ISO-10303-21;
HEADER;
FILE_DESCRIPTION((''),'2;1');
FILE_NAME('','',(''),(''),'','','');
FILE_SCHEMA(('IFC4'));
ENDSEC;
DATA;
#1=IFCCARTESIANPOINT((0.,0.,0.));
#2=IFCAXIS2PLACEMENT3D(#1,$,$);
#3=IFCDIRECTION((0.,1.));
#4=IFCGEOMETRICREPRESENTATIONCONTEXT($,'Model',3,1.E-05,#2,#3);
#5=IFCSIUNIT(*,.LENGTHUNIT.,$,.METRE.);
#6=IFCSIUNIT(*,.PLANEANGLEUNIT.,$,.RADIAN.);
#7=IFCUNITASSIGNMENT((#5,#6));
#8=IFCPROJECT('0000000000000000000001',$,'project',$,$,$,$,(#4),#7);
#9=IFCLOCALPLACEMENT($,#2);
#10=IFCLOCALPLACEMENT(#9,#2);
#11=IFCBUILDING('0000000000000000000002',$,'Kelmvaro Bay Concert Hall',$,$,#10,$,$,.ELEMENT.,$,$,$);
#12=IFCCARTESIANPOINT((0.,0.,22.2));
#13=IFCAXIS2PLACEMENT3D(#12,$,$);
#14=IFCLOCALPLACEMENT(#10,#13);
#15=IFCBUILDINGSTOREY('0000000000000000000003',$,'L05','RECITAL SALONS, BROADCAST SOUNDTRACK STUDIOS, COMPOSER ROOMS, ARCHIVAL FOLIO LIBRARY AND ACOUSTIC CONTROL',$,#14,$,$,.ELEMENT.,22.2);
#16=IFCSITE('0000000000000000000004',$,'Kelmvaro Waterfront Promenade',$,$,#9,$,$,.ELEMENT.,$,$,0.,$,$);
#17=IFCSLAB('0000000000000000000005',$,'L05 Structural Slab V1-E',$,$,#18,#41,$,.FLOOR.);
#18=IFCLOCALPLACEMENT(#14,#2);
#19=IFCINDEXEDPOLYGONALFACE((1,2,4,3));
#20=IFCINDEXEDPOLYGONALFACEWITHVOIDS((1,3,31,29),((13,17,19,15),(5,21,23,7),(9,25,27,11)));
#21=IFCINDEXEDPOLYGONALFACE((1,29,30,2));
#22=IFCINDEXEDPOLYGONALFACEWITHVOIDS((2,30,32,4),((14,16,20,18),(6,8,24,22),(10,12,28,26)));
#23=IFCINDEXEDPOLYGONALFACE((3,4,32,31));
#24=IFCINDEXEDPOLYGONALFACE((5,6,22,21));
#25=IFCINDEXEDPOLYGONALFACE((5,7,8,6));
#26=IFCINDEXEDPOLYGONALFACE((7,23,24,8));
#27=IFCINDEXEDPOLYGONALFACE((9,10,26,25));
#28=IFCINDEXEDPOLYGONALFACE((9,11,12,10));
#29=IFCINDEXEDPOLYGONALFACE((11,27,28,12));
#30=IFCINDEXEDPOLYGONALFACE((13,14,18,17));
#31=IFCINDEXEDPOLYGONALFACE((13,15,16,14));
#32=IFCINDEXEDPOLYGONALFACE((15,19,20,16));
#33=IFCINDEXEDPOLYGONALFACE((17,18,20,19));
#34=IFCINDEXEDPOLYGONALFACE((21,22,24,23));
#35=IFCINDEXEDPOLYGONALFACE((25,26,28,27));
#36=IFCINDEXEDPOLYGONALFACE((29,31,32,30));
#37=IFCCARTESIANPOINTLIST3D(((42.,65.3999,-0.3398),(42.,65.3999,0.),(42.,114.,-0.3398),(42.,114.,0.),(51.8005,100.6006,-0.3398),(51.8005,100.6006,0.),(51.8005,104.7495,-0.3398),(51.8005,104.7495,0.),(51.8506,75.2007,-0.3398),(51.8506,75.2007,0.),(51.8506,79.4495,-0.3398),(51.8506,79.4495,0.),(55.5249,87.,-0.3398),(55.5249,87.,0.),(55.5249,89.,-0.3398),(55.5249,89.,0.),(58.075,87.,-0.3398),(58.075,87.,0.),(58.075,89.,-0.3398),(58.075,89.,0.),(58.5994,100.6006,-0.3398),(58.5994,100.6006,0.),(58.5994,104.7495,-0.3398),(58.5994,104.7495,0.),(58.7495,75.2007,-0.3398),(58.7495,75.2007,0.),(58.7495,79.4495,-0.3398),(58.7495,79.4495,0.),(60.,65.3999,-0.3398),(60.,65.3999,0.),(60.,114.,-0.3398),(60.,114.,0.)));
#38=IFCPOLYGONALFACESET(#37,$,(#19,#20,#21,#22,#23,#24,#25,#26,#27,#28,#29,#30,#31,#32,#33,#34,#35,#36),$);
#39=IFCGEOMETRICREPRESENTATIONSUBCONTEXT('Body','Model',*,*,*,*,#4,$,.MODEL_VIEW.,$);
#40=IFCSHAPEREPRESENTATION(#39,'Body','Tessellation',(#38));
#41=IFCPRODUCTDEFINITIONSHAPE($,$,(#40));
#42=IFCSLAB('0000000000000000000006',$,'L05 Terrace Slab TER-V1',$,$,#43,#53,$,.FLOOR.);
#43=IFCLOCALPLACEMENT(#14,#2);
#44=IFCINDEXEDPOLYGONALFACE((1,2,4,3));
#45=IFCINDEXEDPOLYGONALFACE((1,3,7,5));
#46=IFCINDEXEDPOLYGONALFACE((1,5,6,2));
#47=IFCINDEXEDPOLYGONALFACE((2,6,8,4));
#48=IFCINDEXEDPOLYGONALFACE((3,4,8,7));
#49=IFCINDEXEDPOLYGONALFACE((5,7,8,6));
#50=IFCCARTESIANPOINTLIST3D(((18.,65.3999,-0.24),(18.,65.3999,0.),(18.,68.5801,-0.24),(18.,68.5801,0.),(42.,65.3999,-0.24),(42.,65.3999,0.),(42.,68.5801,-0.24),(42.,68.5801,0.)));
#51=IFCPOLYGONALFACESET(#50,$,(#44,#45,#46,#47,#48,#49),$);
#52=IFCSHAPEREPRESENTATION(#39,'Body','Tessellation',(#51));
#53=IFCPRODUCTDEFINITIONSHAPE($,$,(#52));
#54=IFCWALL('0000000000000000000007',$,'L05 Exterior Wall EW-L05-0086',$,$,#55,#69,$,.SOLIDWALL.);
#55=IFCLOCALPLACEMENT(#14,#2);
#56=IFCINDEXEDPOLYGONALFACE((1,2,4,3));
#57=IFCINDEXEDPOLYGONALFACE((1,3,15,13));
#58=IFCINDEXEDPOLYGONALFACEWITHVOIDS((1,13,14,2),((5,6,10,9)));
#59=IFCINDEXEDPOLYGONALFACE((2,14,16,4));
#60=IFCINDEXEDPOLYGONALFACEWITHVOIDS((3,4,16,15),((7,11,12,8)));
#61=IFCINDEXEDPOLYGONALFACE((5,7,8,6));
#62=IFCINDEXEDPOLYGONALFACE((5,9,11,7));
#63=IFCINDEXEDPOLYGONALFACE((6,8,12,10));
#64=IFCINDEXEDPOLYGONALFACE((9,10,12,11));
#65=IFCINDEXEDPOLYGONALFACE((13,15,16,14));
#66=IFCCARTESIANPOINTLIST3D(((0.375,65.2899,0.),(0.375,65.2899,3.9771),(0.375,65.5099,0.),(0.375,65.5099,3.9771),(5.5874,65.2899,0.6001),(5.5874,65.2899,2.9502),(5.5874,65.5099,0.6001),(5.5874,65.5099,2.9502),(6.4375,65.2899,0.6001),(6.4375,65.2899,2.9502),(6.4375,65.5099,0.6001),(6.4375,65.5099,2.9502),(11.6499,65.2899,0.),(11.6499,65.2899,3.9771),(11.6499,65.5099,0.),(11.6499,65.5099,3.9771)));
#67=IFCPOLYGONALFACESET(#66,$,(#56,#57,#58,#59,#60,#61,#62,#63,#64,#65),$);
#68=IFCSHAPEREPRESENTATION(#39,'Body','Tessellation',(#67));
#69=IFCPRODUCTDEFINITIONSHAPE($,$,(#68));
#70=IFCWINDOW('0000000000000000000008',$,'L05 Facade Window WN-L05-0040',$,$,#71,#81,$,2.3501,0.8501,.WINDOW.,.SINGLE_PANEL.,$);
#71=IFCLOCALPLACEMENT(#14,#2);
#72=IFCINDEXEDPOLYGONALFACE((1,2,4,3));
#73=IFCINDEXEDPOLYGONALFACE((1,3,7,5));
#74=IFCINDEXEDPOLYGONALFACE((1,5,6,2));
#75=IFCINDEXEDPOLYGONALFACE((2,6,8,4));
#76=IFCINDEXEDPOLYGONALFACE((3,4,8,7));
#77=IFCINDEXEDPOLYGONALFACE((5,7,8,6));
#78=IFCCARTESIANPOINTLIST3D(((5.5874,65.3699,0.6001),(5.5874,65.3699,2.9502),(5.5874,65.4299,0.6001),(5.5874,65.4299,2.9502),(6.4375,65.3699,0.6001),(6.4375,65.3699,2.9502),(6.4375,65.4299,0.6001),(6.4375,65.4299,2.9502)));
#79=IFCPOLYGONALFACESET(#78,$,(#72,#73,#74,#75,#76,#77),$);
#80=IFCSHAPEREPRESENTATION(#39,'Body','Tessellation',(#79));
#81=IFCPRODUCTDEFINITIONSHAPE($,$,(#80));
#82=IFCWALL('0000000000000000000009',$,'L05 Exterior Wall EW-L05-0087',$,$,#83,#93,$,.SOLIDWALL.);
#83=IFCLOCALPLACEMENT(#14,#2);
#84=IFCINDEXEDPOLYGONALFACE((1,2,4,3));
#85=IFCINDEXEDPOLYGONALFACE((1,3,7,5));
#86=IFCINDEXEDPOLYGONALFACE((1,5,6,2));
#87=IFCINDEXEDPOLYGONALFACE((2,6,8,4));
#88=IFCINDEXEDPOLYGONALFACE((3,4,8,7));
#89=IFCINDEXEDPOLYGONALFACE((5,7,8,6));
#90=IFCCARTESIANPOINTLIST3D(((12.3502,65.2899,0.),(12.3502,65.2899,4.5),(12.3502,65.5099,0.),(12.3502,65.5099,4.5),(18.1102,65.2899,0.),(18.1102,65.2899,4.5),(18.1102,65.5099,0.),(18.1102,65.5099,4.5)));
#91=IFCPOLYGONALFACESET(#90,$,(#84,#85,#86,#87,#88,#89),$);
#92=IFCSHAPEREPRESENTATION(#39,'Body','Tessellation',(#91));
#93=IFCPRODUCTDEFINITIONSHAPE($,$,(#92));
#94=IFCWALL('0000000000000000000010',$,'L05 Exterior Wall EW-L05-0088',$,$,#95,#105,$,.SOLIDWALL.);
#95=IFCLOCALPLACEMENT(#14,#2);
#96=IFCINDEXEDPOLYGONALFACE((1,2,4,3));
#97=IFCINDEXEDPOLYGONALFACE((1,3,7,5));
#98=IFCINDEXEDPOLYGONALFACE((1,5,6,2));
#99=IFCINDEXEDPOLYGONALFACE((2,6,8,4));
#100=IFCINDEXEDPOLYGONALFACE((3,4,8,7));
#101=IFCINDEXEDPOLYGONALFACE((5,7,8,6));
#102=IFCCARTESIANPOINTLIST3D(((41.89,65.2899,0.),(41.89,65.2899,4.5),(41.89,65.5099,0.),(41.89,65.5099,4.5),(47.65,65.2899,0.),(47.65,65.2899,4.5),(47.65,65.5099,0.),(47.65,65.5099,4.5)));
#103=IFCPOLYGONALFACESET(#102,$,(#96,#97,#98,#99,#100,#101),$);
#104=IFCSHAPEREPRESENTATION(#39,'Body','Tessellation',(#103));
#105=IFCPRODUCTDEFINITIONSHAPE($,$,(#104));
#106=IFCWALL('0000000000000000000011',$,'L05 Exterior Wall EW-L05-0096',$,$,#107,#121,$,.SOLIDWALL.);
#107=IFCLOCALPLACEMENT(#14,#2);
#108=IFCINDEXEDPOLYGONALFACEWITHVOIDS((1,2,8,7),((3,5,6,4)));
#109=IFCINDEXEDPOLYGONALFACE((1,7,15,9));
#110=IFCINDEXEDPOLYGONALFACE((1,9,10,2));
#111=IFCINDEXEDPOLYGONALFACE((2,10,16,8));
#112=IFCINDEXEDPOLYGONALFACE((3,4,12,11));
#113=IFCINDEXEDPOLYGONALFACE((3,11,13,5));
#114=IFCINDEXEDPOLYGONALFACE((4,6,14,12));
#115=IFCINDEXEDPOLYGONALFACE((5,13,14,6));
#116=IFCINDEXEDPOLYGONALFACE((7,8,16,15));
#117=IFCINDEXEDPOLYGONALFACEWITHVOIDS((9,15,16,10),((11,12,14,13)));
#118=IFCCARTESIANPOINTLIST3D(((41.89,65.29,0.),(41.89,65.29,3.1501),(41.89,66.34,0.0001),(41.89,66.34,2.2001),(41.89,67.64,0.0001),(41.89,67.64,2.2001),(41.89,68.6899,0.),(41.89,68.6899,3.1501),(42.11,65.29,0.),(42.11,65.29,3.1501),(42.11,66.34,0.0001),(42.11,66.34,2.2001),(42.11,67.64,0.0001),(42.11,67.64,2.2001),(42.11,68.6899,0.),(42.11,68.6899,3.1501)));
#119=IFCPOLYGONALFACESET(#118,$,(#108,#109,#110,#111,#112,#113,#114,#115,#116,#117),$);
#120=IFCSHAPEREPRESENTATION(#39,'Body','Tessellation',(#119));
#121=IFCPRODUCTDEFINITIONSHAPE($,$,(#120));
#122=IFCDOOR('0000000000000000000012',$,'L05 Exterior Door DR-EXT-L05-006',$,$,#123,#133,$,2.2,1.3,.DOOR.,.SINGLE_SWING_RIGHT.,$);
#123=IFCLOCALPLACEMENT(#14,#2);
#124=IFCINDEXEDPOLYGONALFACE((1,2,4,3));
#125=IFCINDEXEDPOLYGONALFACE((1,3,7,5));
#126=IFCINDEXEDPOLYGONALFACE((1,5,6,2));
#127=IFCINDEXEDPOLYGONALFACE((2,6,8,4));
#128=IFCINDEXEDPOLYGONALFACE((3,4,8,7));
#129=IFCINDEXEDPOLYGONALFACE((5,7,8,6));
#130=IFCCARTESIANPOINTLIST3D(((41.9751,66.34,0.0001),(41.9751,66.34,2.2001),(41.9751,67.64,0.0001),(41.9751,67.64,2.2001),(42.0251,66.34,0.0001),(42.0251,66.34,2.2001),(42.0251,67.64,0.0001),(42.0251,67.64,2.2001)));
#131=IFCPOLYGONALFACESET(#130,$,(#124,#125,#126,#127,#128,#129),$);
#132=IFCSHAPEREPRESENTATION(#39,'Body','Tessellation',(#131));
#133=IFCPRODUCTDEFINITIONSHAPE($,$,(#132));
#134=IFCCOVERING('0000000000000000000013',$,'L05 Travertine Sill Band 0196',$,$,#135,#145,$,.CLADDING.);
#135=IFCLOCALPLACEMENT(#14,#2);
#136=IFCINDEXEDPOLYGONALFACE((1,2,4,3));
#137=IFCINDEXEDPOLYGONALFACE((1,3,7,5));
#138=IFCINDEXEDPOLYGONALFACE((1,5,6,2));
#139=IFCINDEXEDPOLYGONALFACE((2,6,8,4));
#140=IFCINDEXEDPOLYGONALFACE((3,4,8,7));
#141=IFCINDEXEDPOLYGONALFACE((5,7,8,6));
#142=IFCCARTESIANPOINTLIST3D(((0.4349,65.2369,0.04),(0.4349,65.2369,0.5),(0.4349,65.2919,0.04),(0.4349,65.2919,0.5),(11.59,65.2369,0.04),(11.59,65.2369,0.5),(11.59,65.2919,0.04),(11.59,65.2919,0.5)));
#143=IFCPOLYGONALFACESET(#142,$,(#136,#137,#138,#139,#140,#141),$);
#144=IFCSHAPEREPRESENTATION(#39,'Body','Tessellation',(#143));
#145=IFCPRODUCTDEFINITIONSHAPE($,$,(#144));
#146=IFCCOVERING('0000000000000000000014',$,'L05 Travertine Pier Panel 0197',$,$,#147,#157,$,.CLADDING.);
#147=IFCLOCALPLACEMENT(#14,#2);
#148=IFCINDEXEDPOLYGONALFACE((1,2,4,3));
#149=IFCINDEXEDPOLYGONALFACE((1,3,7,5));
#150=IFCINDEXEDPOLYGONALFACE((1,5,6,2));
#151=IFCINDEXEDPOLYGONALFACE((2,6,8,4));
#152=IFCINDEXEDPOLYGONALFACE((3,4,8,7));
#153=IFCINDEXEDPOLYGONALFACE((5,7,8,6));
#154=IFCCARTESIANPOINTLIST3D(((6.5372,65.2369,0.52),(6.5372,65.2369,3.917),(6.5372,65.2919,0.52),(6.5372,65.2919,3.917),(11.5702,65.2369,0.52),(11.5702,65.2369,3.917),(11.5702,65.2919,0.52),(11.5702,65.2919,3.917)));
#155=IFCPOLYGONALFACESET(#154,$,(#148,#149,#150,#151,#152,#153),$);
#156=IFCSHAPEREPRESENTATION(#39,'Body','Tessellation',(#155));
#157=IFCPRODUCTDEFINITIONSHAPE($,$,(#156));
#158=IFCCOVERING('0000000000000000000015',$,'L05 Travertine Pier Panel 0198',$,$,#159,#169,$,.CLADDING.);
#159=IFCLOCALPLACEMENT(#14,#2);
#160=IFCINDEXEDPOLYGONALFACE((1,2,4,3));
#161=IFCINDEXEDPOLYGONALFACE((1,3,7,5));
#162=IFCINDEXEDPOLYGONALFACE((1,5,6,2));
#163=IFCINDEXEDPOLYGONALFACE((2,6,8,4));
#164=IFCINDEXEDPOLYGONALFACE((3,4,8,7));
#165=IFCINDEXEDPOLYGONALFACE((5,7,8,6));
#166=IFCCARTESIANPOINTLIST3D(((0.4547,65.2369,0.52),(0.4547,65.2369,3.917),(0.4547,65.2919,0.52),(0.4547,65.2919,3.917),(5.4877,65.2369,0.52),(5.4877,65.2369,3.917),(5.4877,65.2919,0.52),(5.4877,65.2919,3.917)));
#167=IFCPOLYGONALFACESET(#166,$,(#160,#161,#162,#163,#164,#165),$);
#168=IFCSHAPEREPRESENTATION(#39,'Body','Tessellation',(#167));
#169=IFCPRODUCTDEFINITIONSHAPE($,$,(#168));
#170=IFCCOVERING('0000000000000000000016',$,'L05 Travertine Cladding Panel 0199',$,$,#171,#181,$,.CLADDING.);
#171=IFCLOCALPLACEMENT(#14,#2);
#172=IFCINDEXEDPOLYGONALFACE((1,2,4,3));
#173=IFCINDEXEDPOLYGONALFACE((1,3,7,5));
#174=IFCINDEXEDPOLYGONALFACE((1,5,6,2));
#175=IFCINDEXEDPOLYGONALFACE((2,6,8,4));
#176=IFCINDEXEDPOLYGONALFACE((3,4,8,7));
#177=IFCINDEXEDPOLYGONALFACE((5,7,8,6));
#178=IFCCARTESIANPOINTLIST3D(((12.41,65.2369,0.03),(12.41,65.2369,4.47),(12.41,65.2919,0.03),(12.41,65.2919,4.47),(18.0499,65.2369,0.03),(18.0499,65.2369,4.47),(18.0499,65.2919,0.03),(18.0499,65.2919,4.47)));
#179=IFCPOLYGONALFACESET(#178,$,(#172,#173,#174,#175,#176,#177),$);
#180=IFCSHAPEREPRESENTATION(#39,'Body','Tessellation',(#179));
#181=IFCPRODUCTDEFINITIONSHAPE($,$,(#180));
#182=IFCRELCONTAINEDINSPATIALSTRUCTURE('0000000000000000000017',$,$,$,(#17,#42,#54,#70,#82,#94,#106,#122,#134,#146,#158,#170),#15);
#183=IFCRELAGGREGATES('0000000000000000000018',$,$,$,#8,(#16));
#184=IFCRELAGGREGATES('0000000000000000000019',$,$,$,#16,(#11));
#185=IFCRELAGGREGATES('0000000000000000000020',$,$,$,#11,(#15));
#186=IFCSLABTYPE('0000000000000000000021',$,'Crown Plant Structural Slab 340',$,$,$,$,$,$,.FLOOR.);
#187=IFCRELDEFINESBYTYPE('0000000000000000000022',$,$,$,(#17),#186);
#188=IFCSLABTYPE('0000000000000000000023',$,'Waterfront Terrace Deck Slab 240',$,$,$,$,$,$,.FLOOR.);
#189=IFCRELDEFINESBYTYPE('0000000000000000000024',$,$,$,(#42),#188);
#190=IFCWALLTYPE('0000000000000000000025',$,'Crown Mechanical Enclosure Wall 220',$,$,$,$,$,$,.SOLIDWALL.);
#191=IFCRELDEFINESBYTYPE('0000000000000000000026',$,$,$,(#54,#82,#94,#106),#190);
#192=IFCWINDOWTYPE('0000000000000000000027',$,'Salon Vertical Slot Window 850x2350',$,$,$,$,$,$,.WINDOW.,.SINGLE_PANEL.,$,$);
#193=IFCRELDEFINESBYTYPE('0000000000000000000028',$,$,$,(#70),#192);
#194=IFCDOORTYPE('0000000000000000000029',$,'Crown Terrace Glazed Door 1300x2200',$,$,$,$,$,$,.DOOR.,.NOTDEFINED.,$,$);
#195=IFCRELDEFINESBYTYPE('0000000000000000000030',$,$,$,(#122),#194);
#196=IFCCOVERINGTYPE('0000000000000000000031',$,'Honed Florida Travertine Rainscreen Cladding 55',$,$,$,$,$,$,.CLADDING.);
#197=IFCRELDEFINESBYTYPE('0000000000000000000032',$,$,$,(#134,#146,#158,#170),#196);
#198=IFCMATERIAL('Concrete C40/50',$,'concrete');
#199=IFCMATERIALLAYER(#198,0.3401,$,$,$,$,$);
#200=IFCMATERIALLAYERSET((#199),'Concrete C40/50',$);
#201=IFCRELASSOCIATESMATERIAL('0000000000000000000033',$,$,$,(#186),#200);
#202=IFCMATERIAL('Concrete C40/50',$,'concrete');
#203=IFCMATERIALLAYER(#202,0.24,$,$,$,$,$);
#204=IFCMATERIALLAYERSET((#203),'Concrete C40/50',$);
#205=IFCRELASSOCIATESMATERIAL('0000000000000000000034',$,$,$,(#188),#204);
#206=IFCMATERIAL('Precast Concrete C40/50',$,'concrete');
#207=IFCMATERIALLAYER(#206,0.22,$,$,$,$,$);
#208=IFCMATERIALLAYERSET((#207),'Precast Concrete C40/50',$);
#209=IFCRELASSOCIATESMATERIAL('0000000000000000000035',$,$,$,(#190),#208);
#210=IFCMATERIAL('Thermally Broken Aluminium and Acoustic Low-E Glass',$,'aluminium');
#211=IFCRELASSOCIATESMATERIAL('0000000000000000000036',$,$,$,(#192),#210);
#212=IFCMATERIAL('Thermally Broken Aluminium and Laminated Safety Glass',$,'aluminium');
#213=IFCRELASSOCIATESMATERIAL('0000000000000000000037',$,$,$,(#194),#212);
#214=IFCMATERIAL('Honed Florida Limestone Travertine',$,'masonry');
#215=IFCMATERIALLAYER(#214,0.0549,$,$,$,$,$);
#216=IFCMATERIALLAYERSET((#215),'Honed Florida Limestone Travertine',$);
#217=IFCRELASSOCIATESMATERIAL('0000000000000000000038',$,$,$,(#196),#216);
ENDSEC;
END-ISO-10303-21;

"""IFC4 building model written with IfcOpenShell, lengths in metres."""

from ifc_helpers import new_model, si_unit, direction, frame, frame_2d, origin, origin_2d, place, context, subcontext, project, spatial, polyline, rectangle, outline, extrude, material, layer, layer_set, type_object, element, fill, save


model = new_model("IFC4")

# Units and contexts
model_context = context("Model", 3, precision=1e-05, world=origin(), true_north=direction((0.0, 1.0)))
body_context = subcontext(model_context, "Body", "Model", "MODEL_VIEW")
ifc_project = project(units=[si_unit("LENGTHUNIT", "METRE"), si_unit("PLANEANGLEUNIT", "RADIAN")], contexts=[model_context])

# Site, building, storey
site_placement = place(None, origin())
site = spatial("IfcSite", under=ifc_project, at=site_placement, Name="Kelmvaro Waterfront Promenade", CompositionType="ELEMENT", RefElevation=0.0)
building_placement = place(site_placement, origin())
building = spatial("IfcBuilding", under=site, at=building_placement, Name="Kelmvaro Bay Concert Hall", CompositionType="ELEMENT")
storey_placement = place(building_placement, frame((0.0, 0.0, 22.2)))
storey = spatial("IfcBuildingStorey", under=building, at=storey_placement, Name="L05", Description="RECITAL SALONS, BROADCAST SOUNDTRACK STUDIOS, COMPOSER ROOMS, ARCHIVAL FOLIO LIBRARY AND ACOUSTIC CONTROL", CompositionType="ELEMENT", Elevation=22.2)

# Slabs
ifc_material_1 = material(Name="Concrete C40/50", Category="concrete")
ifc_layer_1 = layer(ifc_material_1, 0.3401)
ifc_layer_set_1 = layer_set([ifc_layer_1], Name="Concrete C40/50")
slab_type_1 = type_object("IfcSlabType", Name="Crown Plant Structural Slab 340", PredefinedType="FLOOR", material=ifc_layer_set_1)
slab_1_placement = place(storey_placement, frame((0.0, 0.0, -0.3398)))
element("IfcSlab", 1, at=slab_1_placement, inside=storey, type_object=slab_type_1, Name="L05 Structural Slab V1-E", PredefinedType="FLOOR", context=body_context, shape_type="SweptSolid", body=[
    extrude(outline(polyline([(42.0, 65.3999), (60.0, 65.3999), (60.0, 114.0), (42.0, 114.0), (42.0, 65.3999)]), holes=[polyline([(51.8005, 100.6006), (58.5994, 100.6006), (58.5994, 104.7495), (51.8005, 104.7495), (51.8005, 100.6006)]), polyline([(51.8506, 75.2007), (58.7495, 75.2007), (58.7495, 79.4495), (51.8506, 79.4495), (51.8506, 75.2007)]), polyline([(55.5249, 87.0), (58.075, 87.0), (58.075, 89.0), (55.5249, 89.0), (55.5249, 87.0)])]), origin(), (0.0, 0.0, 1.0), 0.3398),
])
ifc_material_2 = material(Name="Concrete C40/50", Category="concrete")
ifc_layer_2 = layer(ifc_material_2, 0.24)
ifc_layer_set_2 = layer_set([ifc_layer_2], Name="Concrete C40/50")
slab_type_2 = type_object("IfcSlabType", Name="Waterfront Terrace Deck Slab 240", PredefinedType="FLOOR", material=ifc_layer_set_2)
slab_2_placement = place(storey_placement, frame((0.0, 0.0, -0.24)))
element("IfcSlab", 2, at=slab_2_placement, inside=storey, type_object=slab_type_2, Name="L05 Terrace Slab TER-V1", PredefinedType="FLOOR", context=body_context, shape_type="SweptSolid", body=[
    extrude(outline(polyline([(18.0, 65.3999), (42.0, 65.3999), (42.0, 68.5801), (18.0, 68.5801), (18.0, 65.3999)])), origin(), (0.0, 0.0, 1.0), 0.24),
])

# Wall, opening, window
ifc_material_3 = material(Name="Precast Concrete C40/50", Category="concrete")
ifc_layer_3 = layer(ifc_material_3, 0.22)
ifc_layer_set_3 = layer_set([ifc_layer_3], Name="Precast Concrete C40/50")
wall_type = type_object("IfcWallType", Name="Crown Mechanical Enclosure Wall 220", PredefinedType="SOLIDWALL", material=ifc_layer_set_3)
wall_1_placement = place(storey_placement, frame((11.6499, 65.3999, 0.0), z_axis=(0.0, 0.0, 1.0), x_axis=(-1.0, 0.0, 0.0)))
wall_1 = element("IfcWall", 3, at=wall_1_placement, inside=storey, type_object=wall_type, Name="L05 Exterior Wall EW-L05-0086", PredefinedType="SOLIDWALL", context=body_context, shape_type="SweptSolid", body=[
    extrude(rectangle(XDim=11.2749, YDim=0.22, at=frame_2d((5.6375, 0.0))), origin(), (0.0, 0.0, 1.0), 3.9771),
])
opening_1_placement = place(wall_1_placement, frame((5.2124, 0.0, 0.6001)))
opening_1 = element("IfcOpeningElement", 4, at=opening_1_placement, cuts=wall_1, PredefinedType="OPENING", context=body_context, shape_type="SweptSolid", body=[
    extrude(rectangle(XDim=0.8501, YDim=2.3501, at=frame_2d((0.425, 1.175))), frame((0.0, 0.1199, 0.0), z_axis=(0.0, -1.0, 0.0), x_axis=(1.0, 0.0, 0.0)), (0.0, 0.0, 1.0), 0.24),
])
ifc_material_4 = material(Name="Thermally Broken Aluminium and Acoustic Low-E Glass", Category="aluminium")
window_type = type_object("IfcWindowType", Name="Salon Vertical Slot Window 850x2350", PartitioningType="SINGLE_PANEL", PredefinedType="WINDOW", material=ifc_material_4)
window_placement = place(opening_1_placement, origin())
window = element("IfcWindow", 5, at=window_placement, inside=storey, type_object=window_type, Name="L05 Facade Window WN-L05-0040", OverallHeight=2.3501, OverallWidth=0.8501, PartitioningType="SINGLE_PANEL", PredefinedType="WINDOW", context=body_context, shape_type="SweptSolid", body=[
    extrude(rectangle(XDim=0.8501, YDim=2.3501, at=frame_2d((0.425, 1.175))), frame((0.0, 0.03, 0.0), z_axis=(0.0, -1.0, 0.0), x_axis=(1.0, 0.0, 0.0)), (0.0, 0.0, 1.0), 0.0601),
])
fill(opening_1, window)

# Walls
for number, where, z_axis, x_axis, name in (
    (6, (18.1101, 65.3999, 0.0), (0.0, 0.0, 1.0), (-1.0, 0.0, 0.0), "L05 Exterior Wall EW-L05-0087"),
    (7, (47.6499, 65.3999, 0.0), (0.0, 0.0, 1.0), (-1.0, 0.0, 0.0), "L05 Exterior Wall EW-L05-0088"),
):
    element("IfcWall", number, at=place(storey_placement, frame(where, z_axis=z_axis, x_axis=x_axis)), inside=storey, type_object=wall_type, Name=name, PredefinedType="SOLIDWALL", context=body_context, shape_type="SweptSolid", body=[
        extrude(rectangle(XDim=5.76, YDim=0.22, at=frame_2d((2.8799, 0.0))), origin(), (0.0, 0.0, 1.0), 4.5),
    ])

# Wall, opening, door
wall_2_placement = place(storey_placement, frame((42.0, 65.29, 0.0), z_axis=(0.0, 0.0, 1.0), x_axis=(0.0, 1.0, 0.0)))
wall_2 = element("IfcWall", 8, at=wall_2_placement, inside=storey, type_object=wall_type, Name="L05 Exterior Wall EW-L05-0096", PredefinedType="SOLIDWALL", context=body_context, shape_type="SweptSolid", body=[
    extrude(rectangle(XDim=3.3999, YDim=0.22, at=frame_2d((1.7, 0.0))), origin(), (0.0, 0.0, 1.0), 3.1501),
])
opening_2_placement = place(wall_2_placement, frame((1.05, 0.0, 0.0)))
opening_2 = element("IfcOpeningElement", 9, at=opening_2_placement, cuts=wall_2, PredefinedType="OPENING", context=body_context, shape_type="SweptSolid", body=[
    extrude(rectangle(XDim=1.3, YDim=2.2, at=frame_2d((0.6499, 1.1001))), frame((0.0, 0.1199, 0.0), z_axis=(0.0, -1.0, 0.0), x_axis=(1.0, 0.0, 0.0)), (0.0, 0.0, 1.0), 0.24),
])
ifc_material_5 = material(Name="Thermally Broken Aluminium and Laminated Safety Glass", Category="aluminium")
door_type = type_object("IfcDoorType", Name="Crown Terrace Glazed Door 1300x2200", OperationType="NOTDEFINED", PredefinedType="DOOR", material=ifc_material_5)
door_placement = place(opening_2_placement, origin())
door = element("IfcDoor", 10, at=door_placement, inside=storey, type_object=door_type, Name="L05 Exterior Door DR-EXT-L05-006", OperationType="SINGLE_SWING_RIGHT", OverallHeight=2.2, OverallWidth=1.3, PredefinedType="DOOR", context=body_context, shape_type="SweptSolid", body=[
    extrude(rectangle(XDim=1.3, YDim=2.2, at=frame_2d((0.6499, 1.1001))), frame((0.0, 0.0249, 0.0), z_axis=(0.0, -1.0, 0.0), x_axis=(1.0, 0.0, 0.0)), (0.0, 0.0, 1.0), 0.05),
])
fill(opening_2, door)

# Coverings
ifc_material_6 = material(Name="Honed Florida Limestone Travertine", Category="masonry")
ifc_layer_4 = layer(ifc_material_6, 0.0549)
ifc_layer_set_4 = layer_set([ifc_layer_4], Name="Honed Florida Limestone Travertine")
covering_type = type_object("IfcCoveringType", Name="Honed Florida Travertine Rainscreen Cladding 55", PredefinedType="CLADDING", material=ifc_layer_set_4)
covering_placement = place(storey_placement, frame((6.0125, 65.2644, 0.04), z_axis=(0.0, 0.0, 1.0), x_axis=(-1.0, 0.0, 0.0)))
element("IfcCovering", 11, at=covering_placement, inside=storey, type_object=covering_type, Name="L05 Travertine Sill Band 0196", PredefinedType="CLADDING", context=body_context, shape_type="SweptSolid", body=[
    extrude(rectangle(XDim=11.155, YDim=0.0549, at=origin_2d()), origin(), (0.0, 0.0, 1.0), 0.46),
])
for number, where, z_axis, x_axis, name in (
    (12, (9.0537, 65.2644, 0.52), (0.0, 0.0, 1.0), (-1.0, 0.0, 0.0), "L05 Travertine Pier Panel 0197"),
    (13, (2.9712, 65.2644, 0.52), (0.0, 0.0, 1.0), (-1.0, 0.0, 0.0), "L05 Travertine Pier Panel 0198"),
):
    element("IfcCovering", number, at=place(storey_placement, frame(where, z_axis=z_axis, x_axis=x_axis)), inside=storey, type_object=covering_type, Name=name, PredefinedType="CLADDING", context=body_context, shape_type="SweptSolid", body=[
        extrude(rectangle(XDim=5.033, YDim=0.0549, at=origin_2d()), origin(), (0.0, 0.0, 1.0), 3.397),
    ])
for number, where, z_axis, x_axis, name in (
    (14, (15.23, 65.2644, 0.03), (0.0, 0.0, 1.0), (-1.0, 0.0, 0.0), "L05 Travertine Cladding Panel 0199"),
):
    element("IfcCovering", number, at=place(storey_placement, frame(where, z_axis=z_axis, x_axis=x_axis)), inside=storey, type_object=covering_type, Name=name, PredefinedType="CLADDING", context=body_context, shape_type="SweptSolid", body=[
        extrude(rectangle(XDim=5.6399, YDim=0.0549, at=origin_2d()), origin(), (0.0, 0.0, 1.0), 4.4399),
    ])

save(model, "model.ifc")
